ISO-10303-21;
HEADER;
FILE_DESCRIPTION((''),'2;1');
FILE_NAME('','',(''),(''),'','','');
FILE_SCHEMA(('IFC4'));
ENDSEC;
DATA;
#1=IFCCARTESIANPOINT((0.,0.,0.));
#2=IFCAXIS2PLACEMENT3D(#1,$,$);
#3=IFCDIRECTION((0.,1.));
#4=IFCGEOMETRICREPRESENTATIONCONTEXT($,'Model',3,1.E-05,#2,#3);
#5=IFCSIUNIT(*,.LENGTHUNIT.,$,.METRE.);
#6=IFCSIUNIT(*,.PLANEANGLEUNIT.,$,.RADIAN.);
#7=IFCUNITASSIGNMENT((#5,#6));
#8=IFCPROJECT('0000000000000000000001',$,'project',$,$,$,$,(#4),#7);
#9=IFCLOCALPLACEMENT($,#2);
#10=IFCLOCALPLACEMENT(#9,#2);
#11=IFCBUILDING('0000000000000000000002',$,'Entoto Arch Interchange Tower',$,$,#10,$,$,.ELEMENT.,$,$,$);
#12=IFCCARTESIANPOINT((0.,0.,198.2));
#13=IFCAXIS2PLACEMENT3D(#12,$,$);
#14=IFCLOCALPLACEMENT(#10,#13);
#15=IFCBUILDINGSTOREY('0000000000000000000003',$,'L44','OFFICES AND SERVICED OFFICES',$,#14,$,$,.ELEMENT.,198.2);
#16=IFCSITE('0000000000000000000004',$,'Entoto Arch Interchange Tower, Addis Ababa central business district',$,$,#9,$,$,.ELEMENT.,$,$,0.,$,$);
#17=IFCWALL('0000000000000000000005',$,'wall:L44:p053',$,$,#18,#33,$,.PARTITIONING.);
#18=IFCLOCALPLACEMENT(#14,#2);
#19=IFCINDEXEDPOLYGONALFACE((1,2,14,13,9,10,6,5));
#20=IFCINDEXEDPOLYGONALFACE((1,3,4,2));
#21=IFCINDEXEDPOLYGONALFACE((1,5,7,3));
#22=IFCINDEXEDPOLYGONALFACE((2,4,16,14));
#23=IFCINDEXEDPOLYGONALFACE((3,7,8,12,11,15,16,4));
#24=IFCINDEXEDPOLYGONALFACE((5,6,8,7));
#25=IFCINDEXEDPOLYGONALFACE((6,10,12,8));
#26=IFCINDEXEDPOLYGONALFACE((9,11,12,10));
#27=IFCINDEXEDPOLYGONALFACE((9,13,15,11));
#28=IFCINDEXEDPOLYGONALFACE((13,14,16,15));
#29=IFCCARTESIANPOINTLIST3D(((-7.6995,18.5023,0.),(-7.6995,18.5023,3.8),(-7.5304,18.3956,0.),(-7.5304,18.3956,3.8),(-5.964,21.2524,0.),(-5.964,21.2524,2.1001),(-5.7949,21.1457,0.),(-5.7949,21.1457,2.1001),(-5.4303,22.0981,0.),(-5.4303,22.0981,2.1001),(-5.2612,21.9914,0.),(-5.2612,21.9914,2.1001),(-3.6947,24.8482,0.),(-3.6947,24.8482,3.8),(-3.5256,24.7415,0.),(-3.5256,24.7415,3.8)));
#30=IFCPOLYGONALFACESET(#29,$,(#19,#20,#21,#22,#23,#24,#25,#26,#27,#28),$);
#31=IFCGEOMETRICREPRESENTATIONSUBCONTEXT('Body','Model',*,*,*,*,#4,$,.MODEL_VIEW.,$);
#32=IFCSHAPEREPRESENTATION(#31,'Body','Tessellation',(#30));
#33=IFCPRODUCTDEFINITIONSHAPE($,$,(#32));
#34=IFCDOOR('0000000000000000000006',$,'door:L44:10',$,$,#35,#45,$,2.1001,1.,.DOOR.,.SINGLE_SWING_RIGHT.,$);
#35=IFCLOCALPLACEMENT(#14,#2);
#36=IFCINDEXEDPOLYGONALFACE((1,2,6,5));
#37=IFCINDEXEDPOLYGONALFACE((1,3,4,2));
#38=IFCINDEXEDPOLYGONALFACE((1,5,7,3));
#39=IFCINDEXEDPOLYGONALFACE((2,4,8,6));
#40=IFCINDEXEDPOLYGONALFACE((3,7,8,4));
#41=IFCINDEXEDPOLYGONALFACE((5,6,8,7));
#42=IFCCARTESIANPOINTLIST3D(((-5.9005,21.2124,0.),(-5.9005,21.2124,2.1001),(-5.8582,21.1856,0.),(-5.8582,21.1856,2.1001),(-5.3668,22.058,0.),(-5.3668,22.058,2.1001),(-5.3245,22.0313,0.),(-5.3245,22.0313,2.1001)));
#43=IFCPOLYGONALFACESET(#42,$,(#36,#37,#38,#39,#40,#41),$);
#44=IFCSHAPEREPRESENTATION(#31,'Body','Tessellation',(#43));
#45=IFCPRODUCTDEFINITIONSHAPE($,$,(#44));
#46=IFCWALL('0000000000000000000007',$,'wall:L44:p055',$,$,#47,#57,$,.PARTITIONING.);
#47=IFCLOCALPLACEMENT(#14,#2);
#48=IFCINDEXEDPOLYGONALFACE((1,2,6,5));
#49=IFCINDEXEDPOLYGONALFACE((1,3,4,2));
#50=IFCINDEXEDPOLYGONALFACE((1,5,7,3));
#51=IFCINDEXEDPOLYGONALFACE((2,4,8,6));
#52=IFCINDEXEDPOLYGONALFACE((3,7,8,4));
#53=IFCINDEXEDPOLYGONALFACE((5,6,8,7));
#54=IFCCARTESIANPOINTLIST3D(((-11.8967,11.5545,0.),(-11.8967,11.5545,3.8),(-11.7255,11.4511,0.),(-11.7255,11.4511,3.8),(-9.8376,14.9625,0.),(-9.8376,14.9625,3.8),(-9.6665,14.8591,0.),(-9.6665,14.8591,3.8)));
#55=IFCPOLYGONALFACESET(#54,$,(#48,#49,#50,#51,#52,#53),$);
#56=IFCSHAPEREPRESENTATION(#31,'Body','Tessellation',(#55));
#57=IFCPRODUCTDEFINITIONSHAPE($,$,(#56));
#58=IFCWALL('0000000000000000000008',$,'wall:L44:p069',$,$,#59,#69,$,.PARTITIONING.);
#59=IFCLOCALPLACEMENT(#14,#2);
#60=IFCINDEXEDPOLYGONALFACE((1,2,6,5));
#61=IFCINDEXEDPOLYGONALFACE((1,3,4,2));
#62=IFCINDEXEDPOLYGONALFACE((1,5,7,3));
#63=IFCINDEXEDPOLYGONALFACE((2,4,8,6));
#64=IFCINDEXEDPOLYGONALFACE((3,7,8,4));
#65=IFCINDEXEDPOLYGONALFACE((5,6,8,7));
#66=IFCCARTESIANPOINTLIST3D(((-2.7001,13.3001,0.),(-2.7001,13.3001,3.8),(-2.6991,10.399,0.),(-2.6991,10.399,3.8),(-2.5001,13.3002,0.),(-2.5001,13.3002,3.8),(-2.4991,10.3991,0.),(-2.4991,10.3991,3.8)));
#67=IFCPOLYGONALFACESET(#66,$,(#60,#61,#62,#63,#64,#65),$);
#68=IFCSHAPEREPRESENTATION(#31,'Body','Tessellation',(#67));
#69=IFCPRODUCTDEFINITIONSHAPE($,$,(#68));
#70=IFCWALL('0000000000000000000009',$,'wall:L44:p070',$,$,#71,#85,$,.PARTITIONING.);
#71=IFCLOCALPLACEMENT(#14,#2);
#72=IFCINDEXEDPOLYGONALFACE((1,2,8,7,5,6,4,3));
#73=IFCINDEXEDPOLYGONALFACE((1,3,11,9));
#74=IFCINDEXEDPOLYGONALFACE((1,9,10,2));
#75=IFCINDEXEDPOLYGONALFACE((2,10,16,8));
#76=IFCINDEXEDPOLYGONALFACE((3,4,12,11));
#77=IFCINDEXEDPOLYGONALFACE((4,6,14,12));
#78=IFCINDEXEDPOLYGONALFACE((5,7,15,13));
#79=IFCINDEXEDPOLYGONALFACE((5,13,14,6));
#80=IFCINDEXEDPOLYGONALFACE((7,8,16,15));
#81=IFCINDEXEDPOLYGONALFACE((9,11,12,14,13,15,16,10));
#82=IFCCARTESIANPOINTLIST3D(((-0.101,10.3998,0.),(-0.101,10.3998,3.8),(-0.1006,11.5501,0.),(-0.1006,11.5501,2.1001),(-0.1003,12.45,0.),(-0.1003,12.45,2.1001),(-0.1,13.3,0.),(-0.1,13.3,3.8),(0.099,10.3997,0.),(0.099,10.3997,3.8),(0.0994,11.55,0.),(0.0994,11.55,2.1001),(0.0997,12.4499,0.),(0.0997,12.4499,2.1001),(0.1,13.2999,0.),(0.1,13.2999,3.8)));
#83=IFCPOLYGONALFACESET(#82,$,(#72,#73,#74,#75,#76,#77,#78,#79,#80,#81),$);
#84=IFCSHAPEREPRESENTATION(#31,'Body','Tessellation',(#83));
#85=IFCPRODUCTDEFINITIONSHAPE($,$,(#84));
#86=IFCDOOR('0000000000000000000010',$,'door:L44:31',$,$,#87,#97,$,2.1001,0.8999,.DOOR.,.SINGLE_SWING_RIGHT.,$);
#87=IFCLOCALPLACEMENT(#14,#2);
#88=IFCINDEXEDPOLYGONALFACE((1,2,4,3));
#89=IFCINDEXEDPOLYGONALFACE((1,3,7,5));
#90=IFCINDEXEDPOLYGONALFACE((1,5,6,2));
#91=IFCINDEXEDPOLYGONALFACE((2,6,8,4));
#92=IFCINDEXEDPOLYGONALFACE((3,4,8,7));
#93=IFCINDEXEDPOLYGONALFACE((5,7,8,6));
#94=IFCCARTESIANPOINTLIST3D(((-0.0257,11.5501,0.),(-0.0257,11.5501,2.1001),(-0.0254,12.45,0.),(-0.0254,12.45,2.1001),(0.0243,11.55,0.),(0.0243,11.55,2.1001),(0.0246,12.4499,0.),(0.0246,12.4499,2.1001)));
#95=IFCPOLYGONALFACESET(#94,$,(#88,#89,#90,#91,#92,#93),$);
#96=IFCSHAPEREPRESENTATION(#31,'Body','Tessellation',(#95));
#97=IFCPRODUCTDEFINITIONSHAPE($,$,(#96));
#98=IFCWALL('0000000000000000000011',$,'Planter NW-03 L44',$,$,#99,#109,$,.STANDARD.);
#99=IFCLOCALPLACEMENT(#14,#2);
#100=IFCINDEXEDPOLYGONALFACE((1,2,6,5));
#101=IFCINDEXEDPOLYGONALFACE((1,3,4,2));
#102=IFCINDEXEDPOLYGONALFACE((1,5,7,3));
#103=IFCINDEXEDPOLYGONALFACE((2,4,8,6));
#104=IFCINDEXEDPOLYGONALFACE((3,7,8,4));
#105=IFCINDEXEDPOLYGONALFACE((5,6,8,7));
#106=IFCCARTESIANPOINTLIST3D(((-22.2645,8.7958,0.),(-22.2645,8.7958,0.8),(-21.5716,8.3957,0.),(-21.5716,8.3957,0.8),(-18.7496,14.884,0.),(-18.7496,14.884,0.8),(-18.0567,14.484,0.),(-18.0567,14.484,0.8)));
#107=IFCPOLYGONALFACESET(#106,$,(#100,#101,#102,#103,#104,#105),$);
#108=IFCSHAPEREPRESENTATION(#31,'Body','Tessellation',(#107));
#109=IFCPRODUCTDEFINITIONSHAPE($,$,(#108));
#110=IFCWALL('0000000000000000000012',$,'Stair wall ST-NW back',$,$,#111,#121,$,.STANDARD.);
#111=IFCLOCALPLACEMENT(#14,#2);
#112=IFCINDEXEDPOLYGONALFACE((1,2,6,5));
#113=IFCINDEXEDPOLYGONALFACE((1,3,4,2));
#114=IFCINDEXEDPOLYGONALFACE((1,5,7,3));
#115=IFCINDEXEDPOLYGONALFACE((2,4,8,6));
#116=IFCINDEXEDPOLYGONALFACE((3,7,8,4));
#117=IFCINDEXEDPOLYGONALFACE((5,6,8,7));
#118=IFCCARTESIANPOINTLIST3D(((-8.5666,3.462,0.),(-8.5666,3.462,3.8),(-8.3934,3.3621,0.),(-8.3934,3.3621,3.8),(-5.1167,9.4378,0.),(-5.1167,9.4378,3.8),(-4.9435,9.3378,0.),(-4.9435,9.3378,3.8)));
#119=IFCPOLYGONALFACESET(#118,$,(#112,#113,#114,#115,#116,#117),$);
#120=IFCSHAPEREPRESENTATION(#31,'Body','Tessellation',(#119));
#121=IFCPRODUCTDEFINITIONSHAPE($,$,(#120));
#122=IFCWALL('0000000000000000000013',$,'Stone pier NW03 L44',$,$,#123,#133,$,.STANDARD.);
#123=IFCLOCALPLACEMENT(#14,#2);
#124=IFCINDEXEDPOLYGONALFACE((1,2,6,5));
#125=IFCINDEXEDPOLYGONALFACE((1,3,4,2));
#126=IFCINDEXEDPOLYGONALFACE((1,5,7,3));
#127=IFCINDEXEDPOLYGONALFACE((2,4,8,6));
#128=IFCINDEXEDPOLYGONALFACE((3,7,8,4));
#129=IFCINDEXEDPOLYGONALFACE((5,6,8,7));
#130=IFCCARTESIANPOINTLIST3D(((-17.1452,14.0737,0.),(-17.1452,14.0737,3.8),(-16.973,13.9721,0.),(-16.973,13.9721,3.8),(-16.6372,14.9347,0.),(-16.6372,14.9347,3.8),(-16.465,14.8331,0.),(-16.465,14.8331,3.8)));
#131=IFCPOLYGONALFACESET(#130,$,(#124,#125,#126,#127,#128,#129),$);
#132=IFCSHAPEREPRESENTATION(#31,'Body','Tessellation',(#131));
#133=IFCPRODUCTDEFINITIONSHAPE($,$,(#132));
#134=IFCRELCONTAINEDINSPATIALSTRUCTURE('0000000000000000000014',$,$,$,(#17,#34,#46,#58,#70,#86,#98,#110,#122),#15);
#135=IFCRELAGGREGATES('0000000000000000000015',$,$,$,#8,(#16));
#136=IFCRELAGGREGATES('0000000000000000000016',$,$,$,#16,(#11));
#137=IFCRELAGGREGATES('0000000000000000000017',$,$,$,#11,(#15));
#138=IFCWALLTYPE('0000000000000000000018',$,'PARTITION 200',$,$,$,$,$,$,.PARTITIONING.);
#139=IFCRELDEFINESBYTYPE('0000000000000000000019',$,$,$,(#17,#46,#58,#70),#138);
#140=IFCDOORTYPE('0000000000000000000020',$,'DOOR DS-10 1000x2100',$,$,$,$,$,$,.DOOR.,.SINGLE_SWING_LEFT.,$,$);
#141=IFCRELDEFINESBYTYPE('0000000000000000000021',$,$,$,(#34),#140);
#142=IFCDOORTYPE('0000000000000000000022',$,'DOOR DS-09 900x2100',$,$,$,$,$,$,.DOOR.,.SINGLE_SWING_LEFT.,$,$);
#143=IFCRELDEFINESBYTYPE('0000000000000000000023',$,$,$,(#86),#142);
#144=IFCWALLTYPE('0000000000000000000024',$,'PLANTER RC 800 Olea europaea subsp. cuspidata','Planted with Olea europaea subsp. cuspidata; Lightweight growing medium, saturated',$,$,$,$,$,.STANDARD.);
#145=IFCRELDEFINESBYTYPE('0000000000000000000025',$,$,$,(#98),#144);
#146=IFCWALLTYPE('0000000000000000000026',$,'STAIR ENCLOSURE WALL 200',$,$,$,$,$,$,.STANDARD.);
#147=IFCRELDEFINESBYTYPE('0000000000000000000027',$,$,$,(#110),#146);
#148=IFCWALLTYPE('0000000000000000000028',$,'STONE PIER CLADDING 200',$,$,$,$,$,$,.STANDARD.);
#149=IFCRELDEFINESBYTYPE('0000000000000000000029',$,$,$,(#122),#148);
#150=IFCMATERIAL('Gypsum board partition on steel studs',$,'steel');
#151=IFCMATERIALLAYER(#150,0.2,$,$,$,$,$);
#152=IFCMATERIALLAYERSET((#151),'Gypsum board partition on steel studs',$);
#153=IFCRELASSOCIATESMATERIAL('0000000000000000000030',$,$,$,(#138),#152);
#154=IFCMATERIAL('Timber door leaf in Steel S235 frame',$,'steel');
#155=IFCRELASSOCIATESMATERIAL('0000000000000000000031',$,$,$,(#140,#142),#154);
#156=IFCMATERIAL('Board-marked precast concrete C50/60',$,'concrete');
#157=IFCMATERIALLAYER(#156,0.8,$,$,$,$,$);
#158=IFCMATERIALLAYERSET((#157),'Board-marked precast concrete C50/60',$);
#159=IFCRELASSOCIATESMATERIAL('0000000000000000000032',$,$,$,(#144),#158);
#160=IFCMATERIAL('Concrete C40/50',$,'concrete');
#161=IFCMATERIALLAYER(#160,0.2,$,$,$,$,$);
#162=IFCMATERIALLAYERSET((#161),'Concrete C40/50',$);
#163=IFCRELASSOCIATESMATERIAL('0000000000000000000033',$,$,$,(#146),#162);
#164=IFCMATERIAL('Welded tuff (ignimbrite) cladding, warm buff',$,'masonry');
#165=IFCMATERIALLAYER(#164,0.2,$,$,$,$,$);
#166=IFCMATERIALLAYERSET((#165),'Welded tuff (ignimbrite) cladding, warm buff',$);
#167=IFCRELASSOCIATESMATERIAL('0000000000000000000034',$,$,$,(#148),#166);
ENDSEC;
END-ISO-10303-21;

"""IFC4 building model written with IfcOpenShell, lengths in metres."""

from ifc_helpers import new_model, si_unit, direction, frame, frame_2d, origin, place, context, subcontext, project, spatial, rectangle, extrude, material, layer, layer_set, type_object, element, fill, save


model = new_model("IFC4")

# Units and contexts
model_context = context("Model", 3, precision=1e-05, world=origin(), true_north=direction((0.0, 1.0)))
body_context = subcontext(model_context, "Body", "Model", "MODEL_VIEW")
ifc_project = project(units=[si_unit("LENGTHUNIT", "METRE"), si_unit("PLANEANGLEUNIT", "RADIAN")], contexts=[model_context])

# Site, building, storey
site_placement = place(None, origin())
site = spatial("IfcSite", under=ifc_project, at=site_placement, Name="Entoto Arch Interchange Tower, Addis Ababa central business district", CompositionType="ELEMENT", RefElevation=0.0)
building_placement = place(site_placement, origin())
building = spatial("IfcBuilding", under=site, at=building_placement, Name="Entoto Arch Interchange Tower", CompositionType="ELEMENT")
storey_placement = place(building_placement, frame((0.0, 0.0, 198.2)))
storey = spatial("IfcBuildingStorey", under=building, at=storey_placement, Name="L44", Description="OFFICES AND SERVICED OFFICES", CompositionType="ELEMENT", Elevation=198.2)

# Shared definitions
ifc_material_1 = material(Name="Concrete C40/50", Category="concrete")
ifc_material_2 = material(Name="Gypsum board partition on steel studs", Category="steel")

# Shared definitions
ifc_layer_1 = layer(ifc_material_2, 0.2)
ifc_layer_set_1 = layer_set([ifc_layer_1], Name="Gypsum board partition on steel studs")
wall_type_1 = type_object("IfcWallType", Name="PARTITION 200", PredefinedType="PARTITIONING", material=ifc_layer_set_1)
ifc_material_3 = material(Name="Timber door leaf in Steel S235 frame", Category="steel")
door_type_1 = type_object("IfcDoorType", Name="DOOR DS-10 1000x2100", OperationType="SINGLE_SWING_LEFT", PredefinedType="DOOR", material=ifc_material_3)

# Wall, opening, door
wall_1_placement = place(storey_placement, frame((-7.615, 18.449, 0.0), z_axis=(0.0, 0.0, 1.0), x_axis=(0.533699, 0.845674, 0.0)))
wall_1 = element("IfcWall", 1, at=wall_1_placement, inside=storey, type_object=wall_type_1, Name="wall:L44:p053", PredefinedType="PARTITIONING", context=body_context, shape_type="SweptSolid", body=[
    extrude(rectangle(XDim=7.5039, YDim=0.2, at=frame_2d((3.752, 0.0))), origin(), (0.0, 0.0, 1.0), 3.8),
])
opening_1_placement = place(wall_1_placement, frame((3.252, 0.0, 0.0)))
opening_1 = element("IfcOpeningElement", 2, at=opening_1_placement, cuts=wall_1, PredefinedType="OPENING", context=body_context, shape_type="SweptSolid", body=[
    extrude(rectangle(XDim=1.0, YDim=2.1001, at=frame_2d((0.5, 1.05))), frame((0.0, 0.1099, 0.0), z_axis=(0.0, -1.0, 0.0), x_axis=(1.0, 0.0, 0.0)), (0.0, 0.0, 1.0), 0.22),
])
door_1_placement = place(opening_1_placement, origin())
door_1 = element("IfcDoor", 3, at=door_1_placement, inside=storey, type_object=door_type_1, Name="door:L44:10", OperationType="SINGLE_SWING_RIGHT", OverallHeight=2.1001, OverallWidth=1.0, PredefinedType="DOOR", context=body_context, shape_type="SweptSolid", body=[
    extrude(rectangle(XDim=1.0, YDim=2.1001, at=frame_2d((0.5, 1.05))), frame((0.0, 0.0249, 0.0), z_axis=(0.0, -1.0, 0.0), x_axis=(1.0, 0.0, 0.0)), (0.0, 0.0, 1.0), 0.05),
])
fill(opening_1, door_1)

# Walls
wall_2_placement = place(storey_placement, frame((-11.811, 11.5029, 0.0), z_axis=(0.0, 0.0, 1.0), x_axis=(0.517135, 0.855904, 0.0)))
element("IfcWall", 4, at=wall_2_placement, inside=storey, type_object=wall_type_1, Name="wall:L44:p055", PredefinedType="PARTITIONING", context=body_context, shape_type="SweptSolid", body=[
    extrude(rectangle(XDim=3.9817, YDim=0.2, at=frame_2d((1.9907, 0.0))), origin(), (0.0, 0.0, 1.0), 3.8),
])
wall_3_placement = place(storey_placement, frame((-2.5991, 10.3989, 0.0), z_axis=(0.0, 0.0, 1.0), x_axis=(-0.000337, 1.0, 0.0)))
element("IfcWall", 5, at=wall_3_placement, inside=storey, type_object=wall_type_1, Name="wall:L44:p069", PredefinedType="PARTITIONING", context=body_context, shape_type="SweptSolid", body=[
    extrude(rectangle(XDim=2.9011, YDim=0.2, at=frame_2d((1.4507, 0.0))), origin(), (0.0, 0.0, 1.0), 3.8),
])

# Wall, opening, door
wall_4_placement = place(storey_placement, frame((0.0, 13.3, 0.0), z_axis=(0.0, 0.0, 1.0), x_axis=(-0.000337, -1.0, 0.0)))
wall_4 = element("IfcWall", 6, at=wall_4_placement, inside=storey, type_object=wall_type_1, Name="wall:L44:p070", PredefinedType="PARTITIONING", context=body_context, shape_type="SweptSolid", body=[
    extrude(rectangle(XDim=2.9001, YDim=0.2, at=frame_2d((1.4502, 0.0))), origin(), (0.0, 0.0, 1.0), 3.8),
])
opening_2_placement = place(wall_4_placement, frame((0.8501, 0.0, 0.0)))
opening_2 = element("IfcOpeningElement", 7, at=opening_2_placement, cuts=wall_4, PredefinedType="OPENING", context=body_context, shape_type="SweptSolid", body=[
    extrude(rectangle(XDim=0.8999, YDim=2.1001, at=frame_2d((0.45, 1.05))), frame((0.0, 0.1099, 0.0), z_axis=(0.0, -1.0, 0.0), x_axis=(1.0, 0.0, 0.0)), (0.0, 0.0, 1.0), 0.22),
])
door_type_2 = type_object("IfcDoorType", Name="DOOR DS-09 900x2100", OperationType="SINGLE_SWING_LEFT", PredefinedType="DOOR", material=ifc_material_3)
door_2_placement = place(opening_2_placement, origin())
door_2 = element("IfcDoor", 8, at=door_2_placement, inside=storey, type_object=door_type_2, Name="door:L44:31", OperationType="SINGLE_SWING_RIGHT", OverallHeight=2.1001, OverallWidth=0.8999, PredefinedType="DOOR", context=body_context, shape_type="SweptSolid", body=[
    extrude(rectangle(XDim=0.8999, YDim=2.1001, at=frame_2d((0.45, 1.05))), frame((0.0, 0.0249, 0.0), z_axis=(0.0, -1.0, 0.0), x_axis=(1.0, 0.0, 0.0)), (0.0, 0.0, 1.0), 0.05),
])
fill(opening_2, door_2)

# Walls
ifc_material_4 = material(Name="Board-marked precast concrete C50/60", Category="concrete")
ifc_layer_2 = layer(ifc_material_4, 0.8)
ifc_layer_set_2 = layer_set([ifc_layer_2], Name="Board-marked precast concrete C50/60")
wall_type_2 = type_object("IfcWallType", Name="PLANTER RC 800 Olea europaea subsp. cuspidata", Description="Planted with Olea europaea subsp. cuspidata; Lightweight growing medium, saturated", PredefinedType="STANDARD", material=ifc_layer_set_2)
wall_5_placement = place(storey_placement, frame((-18.4031, 14.6841, 0.0), z_axis=(0.0, 0.0, 1.0), x_axis=(-0.49999, -0.866031, 0.0)))
element("IfcWall", 9, at=wall_5_placement, inside=storey, type_object=wall_type_2, Name="Planter NW-03 L44", PredefinedType="STANDARD", context=body_context, shape_type="SweptSolid", body=[
    extrude(rectangle(XDim=7.03, YDim=0.8, at=frame_2d((3.5151, 0.0))), origin(), (0.0, 0.0, 1.0), 0.8),
])
ifc_layer_3 = layer(ifc_material_1, 0.2)
ifc_layer_set_3 = layer_set([ifc_layer_3], Name="Concrete C40/50")
wall_type_3 = type_object("IfcWallType", Name="STAIR ENCLOSURE WALL 200", PredefinedType="STANDARD", material=ifc_layer_set_3)
wall_6_placement = place(storey_placement, frame((-5.03, 9.3879, 0.0), z_axis=(0.0, 0.0, 1.0), x_axis=(-0.499979, -0.866038, 0.0)))
element("IfcWall", 10, at=wall_6_placement, inside=storey, type_object=wall_type_3, Name="Stair wall ST-NW back", PredefinedType="STANDARD", context=body_context, shape_type="SweptSolid", body=[
    extrude(rectangle(XDim=6.9001, YDim=0.2, at=frame_2d((3.4502, 0.0))), origin(), (0.0, 0.0, 1.0), 3.8),
])

# Shared definitions
ifc_material_5 = material(Name="Welded tuff (ignimbrite) cladding, warm buff", Category="masonry")

# Wall
ifc_layer_4 = layer(ifc_material_5, 0.2)
ifc_layer_set_4 = layer_set([ifc_layer_4], Name="Welded tuff (ignimbrite) cladding, warm buff")
wall_type_4 = type_object("IfcWallType", Name="STONE PIER CLADDING 200", PredefinedType="STANDARD", material=ifc_layer_set_4)
wall_7_placement = place(storey_placement, frame((-16.551, 14.884, 0.0), z_axis=(0.0, 0.0, 1.0), x_axis=(-0.508162, -0.861262, 0.0)))
element("IfcWall", 11, at=wall_7_placement, inside=storey, type_object=wall_type_4, Name="Stone pier NW03 L44", PredefinedType="STANDARD", context=body_context, shape_type="SweptSolid", body=[
    extrude(rectangle(XDim=0.9998, YDim=0.2, at=frame_2d((0.5, 0.0))), origin(), (0.0, 0.0, 1.0), 3.8),
])

save(model, "model.ifc")
